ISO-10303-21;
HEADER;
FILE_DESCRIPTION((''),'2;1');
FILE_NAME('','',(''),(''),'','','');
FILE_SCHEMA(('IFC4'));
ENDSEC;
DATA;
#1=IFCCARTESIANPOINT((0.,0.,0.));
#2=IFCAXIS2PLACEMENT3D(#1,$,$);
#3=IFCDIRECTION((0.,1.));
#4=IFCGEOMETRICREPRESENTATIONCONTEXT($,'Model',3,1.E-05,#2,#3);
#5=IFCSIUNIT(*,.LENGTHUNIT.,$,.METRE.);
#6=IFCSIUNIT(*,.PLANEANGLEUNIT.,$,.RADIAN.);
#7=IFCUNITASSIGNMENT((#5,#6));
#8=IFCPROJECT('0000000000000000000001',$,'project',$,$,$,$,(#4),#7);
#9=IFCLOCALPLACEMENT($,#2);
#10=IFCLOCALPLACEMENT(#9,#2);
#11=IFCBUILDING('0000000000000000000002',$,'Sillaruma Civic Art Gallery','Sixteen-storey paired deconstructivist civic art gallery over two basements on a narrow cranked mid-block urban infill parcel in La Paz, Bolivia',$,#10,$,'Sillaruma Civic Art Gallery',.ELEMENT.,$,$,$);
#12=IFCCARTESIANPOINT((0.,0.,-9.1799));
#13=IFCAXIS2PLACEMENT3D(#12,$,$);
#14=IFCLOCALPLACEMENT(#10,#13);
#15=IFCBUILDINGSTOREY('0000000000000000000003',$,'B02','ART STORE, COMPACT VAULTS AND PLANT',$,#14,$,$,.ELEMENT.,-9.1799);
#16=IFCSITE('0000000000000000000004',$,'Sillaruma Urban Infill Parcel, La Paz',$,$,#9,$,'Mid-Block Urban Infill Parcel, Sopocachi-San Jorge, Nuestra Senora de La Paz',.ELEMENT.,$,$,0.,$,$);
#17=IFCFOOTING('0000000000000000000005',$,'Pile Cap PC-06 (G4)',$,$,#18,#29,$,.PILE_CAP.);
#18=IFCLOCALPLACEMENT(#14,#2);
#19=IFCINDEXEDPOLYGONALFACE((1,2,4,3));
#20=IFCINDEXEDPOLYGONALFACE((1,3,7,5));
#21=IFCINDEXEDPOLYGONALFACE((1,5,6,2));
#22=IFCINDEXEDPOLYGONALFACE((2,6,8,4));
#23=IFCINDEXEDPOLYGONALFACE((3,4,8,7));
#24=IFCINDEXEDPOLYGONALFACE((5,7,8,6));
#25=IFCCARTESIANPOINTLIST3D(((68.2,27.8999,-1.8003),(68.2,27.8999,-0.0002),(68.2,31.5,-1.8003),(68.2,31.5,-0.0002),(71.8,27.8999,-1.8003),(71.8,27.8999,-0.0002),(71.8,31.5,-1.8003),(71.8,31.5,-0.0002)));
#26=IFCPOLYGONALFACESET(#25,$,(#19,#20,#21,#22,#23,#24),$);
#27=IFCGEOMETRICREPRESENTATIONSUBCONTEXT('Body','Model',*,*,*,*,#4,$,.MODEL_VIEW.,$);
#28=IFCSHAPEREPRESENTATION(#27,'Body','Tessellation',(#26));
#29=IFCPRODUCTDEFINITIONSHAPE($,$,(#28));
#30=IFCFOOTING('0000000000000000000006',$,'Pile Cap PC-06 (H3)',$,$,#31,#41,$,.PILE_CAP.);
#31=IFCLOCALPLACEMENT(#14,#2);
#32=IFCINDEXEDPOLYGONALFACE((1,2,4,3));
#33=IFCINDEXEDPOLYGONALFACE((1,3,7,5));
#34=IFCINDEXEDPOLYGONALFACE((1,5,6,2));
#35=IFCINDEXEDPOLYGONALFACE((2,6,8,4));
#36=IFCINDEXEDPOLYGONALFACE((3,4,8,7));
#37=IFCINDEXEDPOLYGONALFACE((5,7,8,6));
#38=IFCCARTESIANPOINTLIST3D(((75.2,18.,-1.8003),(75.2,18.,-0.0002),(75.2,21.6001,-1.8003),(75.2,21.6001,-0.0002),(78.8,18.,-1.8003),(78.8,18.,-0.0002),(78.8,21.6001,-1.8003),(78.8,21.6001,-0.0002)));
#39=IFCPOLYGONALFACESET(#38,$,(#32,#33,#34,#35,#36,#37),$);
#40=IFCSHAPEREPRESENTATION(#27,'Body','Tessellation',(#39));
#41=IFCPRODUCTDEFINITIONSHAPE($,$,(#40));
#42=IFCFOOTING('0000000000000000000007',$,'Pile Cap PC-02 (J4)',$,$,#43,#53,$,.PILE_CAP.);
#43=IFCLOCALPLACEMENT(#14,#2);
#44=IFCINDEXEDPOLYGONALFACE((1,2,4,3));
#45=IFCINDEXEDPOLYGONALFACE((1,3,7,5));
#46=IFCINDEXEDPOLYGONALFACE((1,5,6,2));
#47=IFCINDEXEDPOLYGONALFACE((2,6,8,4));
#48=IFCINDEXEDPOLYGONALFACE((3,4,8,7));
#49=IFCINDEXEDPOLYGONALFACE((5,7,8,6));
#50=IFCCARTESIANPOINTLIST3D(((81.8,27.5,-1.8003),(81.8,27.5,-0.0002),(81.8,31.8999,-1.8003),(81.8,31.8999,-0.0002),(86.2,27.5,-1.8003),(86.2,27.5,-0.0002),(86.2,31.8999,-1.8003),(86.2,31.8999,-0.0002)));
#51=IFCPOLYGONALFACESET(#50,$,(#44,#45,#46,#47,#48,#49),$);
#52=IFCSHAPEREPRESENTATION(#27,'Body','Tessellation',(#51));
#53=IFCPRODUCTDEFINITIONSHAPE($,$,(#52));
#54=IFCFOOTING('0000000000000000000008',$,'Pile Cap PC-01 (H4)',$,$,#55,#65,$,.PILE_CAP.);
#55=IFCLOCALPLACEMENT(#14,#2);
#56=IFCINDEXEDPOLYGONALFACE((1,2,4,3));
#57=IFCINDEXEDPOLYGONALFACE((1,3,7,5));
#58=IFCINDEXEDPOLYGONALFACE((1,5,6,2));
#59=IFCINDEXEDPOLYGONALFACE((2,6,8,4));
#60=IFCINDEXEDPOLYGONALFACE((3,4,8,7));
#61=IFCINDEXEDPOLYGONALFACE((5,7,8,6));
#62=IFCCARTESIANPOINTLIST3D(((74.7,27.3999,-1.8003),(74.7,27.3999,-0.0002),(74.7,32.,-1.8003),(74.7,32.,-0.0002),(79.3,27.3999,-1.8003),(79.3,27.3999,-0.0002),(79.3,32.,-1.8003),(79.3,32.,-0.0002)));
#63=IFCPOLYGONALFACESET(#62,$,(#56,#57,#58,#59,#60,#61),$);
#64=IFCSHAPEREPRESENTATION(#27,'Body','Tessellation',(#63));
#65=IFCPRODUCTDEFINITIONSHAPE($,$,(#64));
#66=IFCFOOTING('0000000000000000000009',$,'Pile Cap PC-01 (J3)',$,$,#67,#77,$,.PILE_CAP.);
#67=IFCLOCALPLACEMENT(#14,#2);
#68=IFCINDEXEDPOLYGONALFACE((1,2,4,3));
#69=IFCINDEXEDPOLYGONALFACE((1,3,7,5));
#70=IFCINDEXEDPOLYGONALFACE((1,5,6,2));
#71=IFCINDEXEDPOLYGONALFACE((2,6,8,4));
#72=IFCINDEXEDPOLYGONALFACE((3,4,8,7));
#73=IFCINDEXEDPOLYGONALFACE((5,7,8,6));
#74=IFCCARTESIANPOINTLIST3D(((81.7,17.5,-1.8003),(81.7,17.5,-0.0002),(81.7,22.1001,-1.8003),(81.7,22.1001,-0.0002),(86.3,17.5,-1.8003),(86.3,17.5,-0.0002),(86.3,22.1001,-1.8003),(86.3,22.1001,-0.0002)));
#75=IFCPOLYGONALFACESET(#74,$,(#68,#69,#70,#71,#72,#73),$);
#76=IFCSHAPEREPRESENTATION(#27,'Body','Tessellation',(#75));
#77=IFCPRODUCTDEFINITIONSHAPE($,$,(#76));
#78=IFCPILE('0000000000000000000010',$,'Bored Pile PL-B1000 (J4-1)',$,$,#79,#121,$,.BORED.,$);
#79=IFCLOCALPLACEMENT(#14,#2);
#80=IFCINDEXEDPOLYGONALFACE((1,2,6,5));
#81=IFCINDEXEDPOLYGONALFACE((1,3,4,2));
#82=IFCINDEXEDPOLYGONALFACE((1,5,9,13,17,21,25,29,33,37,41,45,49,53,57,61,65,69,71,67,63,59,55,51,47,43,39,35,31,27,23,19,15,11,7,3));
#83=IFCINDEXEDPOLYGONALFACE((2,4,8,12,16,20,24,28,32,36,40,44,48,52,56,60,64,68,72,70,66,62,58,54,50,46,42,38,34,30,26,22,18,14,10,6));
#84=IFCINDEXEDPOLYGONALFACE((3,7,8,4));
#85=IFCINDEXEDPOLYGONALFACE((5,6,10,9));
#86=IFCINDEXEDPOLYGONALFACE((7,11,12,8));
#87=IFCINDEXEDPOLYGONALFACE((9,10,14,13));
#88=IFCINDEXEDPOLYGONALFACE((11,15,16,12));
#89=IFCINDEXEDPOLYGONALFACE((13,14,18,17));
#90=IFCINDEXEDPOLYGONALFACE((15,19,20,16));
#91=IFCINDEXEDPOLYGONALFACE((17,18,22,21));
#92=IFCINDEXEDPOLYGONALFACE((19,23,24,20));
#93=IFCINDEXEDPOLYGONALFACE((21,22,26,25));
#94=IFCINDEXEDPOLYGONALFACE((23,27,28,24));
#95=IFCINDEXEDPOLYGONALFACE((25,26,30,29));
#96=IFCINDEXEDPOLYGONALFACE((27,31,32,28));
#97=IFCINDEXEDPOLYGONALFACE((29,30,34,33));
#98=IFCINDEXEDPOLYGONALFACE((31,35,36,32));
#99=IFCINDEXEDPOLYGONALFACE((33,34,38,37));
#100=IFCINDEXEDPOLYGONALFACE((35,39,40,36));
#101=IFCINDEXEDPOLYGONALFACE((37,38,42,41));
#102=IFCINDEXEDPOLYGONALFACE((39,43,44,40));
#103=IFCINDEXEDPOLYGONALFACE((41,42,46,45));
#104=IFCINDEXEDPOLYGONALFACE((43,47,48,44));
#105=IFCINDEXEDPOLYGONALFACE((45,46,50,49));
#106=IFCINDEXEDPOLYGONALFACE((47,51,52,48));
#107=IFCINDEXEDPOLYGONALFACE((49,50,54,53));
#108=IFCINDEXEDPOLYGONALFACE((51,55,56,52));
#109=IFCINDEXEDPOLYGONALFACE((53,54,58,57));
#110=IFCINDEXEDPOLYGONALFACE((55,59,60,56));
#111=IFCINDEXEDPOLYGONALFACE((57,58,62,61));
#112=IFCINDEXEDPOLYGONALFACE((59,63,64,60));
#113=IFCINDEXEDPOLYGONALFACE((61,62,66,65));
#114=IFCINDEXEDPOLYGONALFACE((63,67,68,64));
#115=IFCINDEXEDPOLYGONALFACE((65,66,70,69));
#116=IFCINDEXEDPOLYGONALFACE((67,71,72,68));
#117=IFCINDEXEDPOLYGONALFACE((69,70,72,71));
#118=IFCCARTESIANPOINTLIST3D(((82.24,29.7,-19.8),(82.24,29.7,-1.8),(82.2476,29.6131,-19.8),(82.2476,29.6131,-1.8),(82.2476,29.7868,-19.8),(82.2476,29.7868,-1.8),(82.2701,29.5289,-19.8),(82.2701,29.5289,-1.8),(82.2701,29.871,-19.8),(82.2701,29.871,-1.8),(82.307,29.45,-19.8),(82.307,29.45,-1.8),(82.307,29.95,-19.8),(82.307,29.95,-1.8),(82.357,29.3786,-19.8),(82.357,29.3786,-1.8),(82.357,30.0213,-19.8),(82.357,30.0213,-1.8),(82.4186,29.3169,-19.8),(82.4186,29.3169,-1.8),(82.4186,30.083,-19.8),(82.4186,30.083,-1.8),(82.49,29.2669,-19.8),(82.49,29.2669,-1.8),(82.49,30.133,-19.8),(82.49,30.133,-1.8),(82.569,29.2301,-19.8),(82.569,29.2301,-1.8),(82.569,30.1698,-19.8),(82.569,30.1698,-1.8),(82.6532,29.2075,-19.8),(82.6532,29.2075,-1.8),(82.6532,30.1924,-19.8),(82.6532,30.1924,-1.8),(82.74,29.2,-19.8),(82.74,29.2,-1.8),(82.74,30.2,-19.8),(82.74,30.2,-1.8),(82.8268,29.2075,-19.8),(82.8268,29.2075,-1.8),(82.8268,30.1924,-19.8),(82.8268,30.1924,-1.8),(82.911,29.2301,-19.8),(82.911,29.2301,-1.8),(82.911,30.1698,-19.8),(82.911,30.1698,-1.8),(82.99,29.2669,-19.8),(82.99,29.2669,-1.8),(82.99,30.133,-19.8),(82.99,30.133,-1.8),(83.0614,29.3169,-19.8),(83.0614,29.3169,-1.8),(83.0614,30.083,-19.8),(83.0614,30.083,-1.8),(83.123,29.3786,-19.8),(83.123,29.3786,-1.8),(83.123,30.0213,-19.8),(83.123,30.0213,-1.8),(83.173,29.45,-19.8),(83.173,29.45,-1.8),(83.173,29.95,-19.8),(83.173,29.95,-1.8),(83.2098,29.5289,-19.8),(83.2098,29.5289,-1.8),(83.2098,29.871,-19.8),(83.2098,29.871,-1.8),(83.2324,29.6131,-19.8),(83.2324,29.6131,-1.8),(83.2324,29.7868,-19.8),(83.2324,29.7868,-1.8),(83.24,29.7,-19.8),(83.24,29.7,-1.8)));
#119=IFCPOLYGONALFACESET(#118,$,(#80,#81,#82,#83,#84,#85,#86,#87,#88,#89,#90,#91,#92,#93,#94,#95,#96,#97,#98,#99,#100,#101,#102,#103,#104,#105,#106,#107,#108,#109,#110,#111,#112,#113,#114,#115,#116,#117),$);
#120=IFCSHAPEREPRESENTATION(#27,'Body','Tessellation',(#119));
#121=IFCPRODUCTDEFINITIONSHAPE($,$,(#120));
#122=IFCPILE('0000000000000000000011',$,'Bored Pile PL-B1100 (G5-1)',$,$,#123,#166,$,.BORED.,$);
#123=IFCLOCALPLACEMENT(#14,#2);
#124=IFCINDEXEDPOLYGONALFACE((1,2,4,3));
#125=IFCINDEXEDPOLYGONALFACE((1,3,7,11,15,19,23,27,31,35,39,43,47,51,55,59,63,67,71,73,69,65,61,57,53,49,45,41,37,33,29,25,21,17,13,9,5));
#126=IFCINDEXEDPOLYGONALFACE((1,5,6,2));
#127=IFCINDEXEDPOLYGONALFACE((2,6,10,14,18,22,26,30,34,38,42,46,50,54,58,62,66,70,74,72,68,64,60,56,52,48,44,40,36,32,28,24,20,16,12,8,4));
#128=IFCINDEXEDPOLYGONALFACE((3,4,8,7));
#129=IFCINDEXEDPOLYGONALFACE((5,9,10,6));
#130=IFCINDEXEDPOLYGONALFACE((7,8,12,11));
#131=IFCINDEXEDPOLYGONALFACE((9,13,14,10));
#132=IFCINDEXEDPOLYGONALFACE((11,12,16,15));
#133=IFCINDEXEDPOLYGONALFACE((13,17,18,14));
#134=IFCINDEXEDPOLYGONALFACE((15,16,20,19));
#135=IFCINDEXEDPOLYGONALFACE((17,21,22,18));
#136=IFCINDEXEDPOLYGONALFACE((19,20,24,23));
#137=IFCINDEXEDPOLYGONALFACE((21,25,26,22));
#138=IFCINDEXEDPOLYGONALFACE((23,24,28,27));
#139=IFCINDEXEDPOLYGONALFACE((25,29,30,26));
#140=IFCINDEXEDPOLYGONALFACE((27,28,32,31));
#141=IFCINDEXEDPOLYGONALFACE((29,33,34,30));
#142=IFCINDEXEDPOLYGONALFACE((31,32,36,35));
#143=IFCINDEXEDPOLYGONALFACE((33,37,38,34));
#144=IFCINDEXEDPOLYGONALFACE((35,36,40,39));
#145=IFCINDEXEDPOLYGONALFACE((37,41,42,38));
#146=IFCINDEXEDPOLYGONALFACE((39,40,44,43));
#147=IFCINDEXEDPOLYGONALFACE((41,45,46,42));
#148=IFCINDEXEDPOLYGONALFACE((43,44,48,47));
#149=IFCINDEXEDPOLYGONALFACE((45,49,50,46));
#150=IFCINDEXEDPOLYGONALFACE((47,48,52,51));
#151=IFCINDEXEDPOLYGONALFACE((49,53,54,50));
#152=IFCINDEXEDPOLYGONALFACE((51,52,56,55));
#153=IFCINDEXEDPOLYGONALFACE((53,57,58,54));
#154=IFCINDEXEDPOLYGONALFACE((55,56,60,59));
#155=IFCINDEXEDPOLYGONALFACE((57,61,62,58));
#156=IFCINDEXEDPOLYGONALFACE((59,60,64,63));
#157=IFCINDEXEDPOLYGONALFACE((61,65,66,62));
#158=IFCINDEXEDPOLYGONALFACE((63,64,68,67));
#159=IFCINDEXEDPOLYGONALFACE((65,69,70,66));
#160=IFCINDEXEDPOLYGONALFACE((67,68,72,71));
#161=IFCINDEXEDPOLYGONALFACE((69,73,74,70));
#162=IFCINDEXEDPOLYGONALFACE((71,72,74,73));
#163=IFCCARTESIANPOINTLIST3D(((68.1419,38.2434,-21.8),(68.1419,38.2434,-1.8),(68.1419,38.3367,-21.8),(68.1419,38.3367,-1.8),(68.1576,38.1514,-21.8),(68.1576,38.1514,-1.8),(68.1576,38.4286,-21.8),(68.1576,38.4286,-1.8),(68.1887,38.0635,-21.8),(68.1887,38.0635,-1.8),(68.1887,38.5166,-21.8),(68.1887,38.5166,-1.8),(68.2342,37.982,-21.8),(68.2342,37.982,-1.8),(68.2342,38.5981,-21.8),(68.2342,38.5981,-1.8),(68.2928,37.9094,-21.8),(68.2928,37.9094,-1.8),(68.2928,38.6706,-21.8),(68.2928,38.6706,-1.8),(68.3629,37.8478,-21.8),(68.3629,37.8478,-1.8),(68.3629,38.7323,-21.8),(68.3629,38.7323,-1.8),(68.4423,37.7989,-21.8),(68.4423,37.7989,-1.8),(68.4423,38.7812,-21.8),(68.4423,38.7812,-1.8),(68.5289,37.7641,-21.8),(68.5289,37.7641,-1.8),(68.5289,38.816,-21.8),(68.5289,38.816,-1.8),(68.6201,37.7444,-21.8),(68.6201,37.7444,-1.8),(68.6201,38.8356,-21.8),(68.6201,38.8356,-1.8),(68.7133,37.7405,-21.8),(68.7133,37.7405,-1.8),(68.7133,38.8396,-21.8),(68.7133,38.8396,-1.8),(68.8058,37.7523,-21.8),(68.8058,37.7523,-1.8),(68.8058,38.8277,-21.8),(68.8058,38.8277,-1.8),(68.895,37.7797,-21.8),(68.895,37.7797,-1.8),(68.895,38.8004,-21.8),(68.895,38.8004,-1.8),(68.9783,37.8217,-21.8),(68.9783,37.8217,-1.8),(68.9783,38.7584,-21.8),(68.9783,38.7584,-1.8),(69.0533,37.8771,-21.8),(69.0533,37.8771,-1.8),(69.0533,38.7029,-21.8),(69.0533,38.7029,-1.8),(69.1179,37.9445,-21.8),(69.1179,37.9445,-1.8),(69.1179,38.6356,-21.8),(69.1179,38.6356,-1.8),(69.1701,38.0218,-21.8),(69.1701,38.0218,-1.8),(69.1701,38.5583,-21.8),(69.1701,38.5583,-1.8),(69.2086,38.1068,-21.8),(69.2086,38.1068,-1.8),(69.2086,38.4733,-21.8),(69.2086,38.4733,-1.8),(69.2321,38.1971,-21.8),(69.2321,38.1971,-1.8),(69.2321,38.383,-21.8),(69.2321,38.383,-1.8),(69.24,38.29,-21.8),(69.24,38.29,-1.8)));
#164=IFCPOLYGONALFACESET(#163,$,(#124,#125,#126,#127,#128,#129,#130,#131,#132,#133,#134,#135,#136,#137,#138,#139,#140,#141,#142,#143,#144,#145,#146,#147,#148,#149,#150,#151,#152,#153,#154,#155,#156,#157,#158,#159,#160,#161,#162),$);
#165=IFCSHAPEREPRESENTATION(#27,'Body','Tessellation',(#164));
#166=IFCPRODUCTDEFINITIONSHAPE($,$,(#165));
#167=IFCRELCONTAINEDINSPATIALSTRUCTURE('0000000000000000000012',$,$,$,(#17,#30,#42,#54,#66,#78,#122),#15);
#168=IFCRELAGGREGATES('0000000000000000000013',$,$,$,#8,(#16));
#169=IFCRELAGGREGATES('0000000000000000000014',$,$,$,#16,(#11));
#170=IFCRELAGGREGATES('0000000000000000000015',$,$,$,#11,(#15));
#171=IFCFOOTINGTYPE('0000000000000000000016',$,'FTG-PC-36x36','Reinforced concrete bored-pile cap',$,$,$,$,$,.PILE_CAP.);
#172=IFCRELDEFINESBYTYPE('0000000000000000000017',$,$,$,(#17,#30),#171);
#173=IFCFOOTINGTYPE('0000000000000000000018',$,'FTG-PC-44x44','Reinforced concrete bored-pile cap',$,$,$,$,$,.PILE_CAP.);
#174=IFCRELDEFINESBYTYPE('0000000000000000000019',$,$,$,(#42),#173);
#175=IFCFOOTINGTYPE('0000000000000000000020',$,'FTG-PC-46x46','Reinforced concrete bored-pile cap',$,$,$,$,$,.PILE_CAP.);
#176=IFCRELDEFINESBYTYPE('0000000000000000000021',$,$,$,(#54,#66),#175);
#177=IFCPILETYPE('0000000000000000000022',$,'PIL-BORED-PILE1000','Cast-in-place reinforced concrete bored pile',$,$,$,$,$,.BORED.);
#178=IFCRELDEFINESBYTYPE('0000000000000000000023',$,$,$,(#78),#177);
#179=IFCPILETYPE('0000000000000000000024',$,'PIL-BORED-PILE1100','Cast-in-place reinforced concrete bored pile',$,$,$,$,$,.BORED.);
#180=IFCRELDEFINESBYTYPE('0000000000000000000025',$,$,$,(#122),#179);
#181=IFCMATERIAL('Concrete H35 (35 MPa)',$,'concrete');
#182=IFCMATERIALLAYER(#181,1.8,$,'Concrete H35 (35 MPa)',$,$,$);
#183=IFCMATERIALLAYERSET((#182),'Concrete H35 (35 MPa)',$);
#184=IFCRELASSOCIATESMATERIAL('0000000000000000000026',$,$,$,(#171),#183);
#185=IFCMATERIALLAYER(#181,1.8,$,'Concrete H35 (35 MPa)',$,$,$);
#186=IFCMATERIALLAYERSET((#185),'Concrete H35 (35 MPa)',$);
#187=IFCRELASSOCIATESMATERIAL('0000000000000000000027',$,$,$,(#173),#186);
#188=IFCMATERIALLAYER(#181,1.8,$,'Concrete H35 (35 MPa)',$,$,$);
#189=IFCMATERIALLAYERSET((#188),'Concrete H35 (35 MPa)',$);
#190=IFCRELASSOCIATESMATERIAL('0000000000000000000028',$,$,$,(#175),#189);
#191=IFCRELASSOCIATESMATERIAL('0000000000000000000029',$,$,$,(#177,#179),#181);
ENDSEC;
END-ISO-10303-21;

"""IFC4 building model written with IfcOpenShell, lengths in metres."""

from ifc_helpers import new_model, si_unit, direction, frame, origin, origin_2d, place, context, subcontext, project, spatial, rectangle, circle, extrude, material, layer, layer_set, material_profile, profile_set, type_object, element, save


model = new_model("IFC4")

# Units and contexts
model_context = context("Model", 3, precision=1e-05, world=origin(), true_north=direction((0.0, 1.0)))
body_context = subcontext(model_context, "Body", "Model", "MODEL_VIEW")
ifc_project = project(units=[si_unit("LENGTHUNIT", "METRE"), si_unit("PLANEANGLEUNIT", "RADIAN")], contexts=[model_context])

# Site, building, storey
site_placement = place(None, origin())
site = spatial("IfcSite", under=ifc_project, at=site_placement, Name="Sillaruma Urban Infill Parcel, La Paz", LongName="Mid-Block Urban Infill Parcel, Sopocachi-San Jorge, Nuestra Senora de La Paz", CompositionType="ELEMENT", RefElevation=0.0)
building_placement = place(site_placement, origin())
building = spatial("IfcBuilding", under=site, at=building_placement, Name="Sillaruma Civic Art Gallery", Description="Sixteen-storey paired deconstructivist civic art gallery over two basements on a narrow cranked mid-block urban infill parcel in La Paz, Bolivia", LongName="Sillaruma Civic Art Gallery", CompositionType="ELEMENT")
storey_placement = place(building_placement, frame((0.0, 0.0, -9.1799)))
storey = spatial("IfcBuildingStorey", under=building, at=storey_placement, Name="B02", Description="ART STORE, COMPACT VAULTS AND PLANT", CompositionType="ELEMENT", Elevation=-9.1799)

# Footings
ifc_material_1 = material(Name="Concrete H35 (35 MPa)", Category="concrete")
ifc_layer_1 = layer(ifc_material_1, 1.8, Name="Concrete H35 (35 MPa)")
ifc_layer_set_1 = layer_set([ifc_layer_1], Name="Concrete H35 (35 MPa)")
footing_type_1 = type_object("IfcFootingType", Name="FTG-PC-36x36", Description="Reinforced concrete bored-pile cap", PredefinedType="PILE_CAP", material=ifc_layer_set_1)
for number, where, z_axis, x_axis, name in (
    (1, (70.0, 29.7, -1.8003), (0.0, 0.0, 1.0), (1.0, 0.0, 0.0), "Pile Cap PC-06 (G4)"),
    (2, (77.0, 19.8, -1.8003), (0.0, 0.0, 1.0), (1.0, 0.0, 0.0), "Pile Cap PC-06 (H3)"),
):
    element("IfcFooting", number, at=place(storey_placement, frame(where, z_axis=z_axis, x_axis=x_axis)), inside=storey, type_object=footing_type_1, Name=name, PredefinedType="PILE_CAP", context=body_context, shape_type="SweptSolid", body=[
        extrude(rectangle(XDim=3.6001, YDim=3.6001, at=origin_2d()), origin(), (0.0, 0.0, 1.0), 1.8),
    ])
ifc_layer_2 = layer(ifc_material_1, 1.8, Name="Concrete H35 (35 MPa)")
ifc_layer_set_2 = layer_set([ifc_layer_2], Name="Concrete H35 (35 MPa)")
footing_type_2 = type_object("IfcFootingType", Name="FTG-PC-44x44", Description="Reinforced concrete bored-pile cap", PredefinedType="PILE_CAP", material=ifc_layer_set_2)
footing_placement = place(storey_placement, frame((84.0, 29.7, -1.8003), z_axis=(0.0, 0.0, 1.0), x_axis=(1.0, 0.0, 0.0)))
element("IfcFooting", 3, at=footing_placement, inside=storey, type_object=footing_type_2, Name="Pile Cap PC-02 (J4)", PredefinedType="PILE_CAP", context=body_context, shape_type="SweptSolid", body=[
    extrude(rectangle(XDim=4.3999, YDim=4.3999, at=origin_2d()), origin(), (0.0, 0.0, 1.0), 1.8),
])
ifc_layer_3 = layer(ifc_material_1, 1.8, Name="Concrete H35 (35 MPa)")
ifc_layer_set_3 = layer_set([ifc_layer_3], Name="Concrete H35 (35 MPa)")
footing_type_3 = type_object("IfcFootingType", Name="FTG-PC-46x46", Description="Reinforced concrete bored-pile cap", PredefinedType="PILE_CAP", material=ifc_layer_set_3)
for number, where, z_axis, x_axis, name in (
    (4, (77.0, 29.7, -1.8003), (0.0, 0.0, 1.0), (1.0, 0.0, 0.0), "Pile Cap PC-01 (H4)"),
    (5, (84.0, 19.8, -1.8003), (0.0, 0.0, 1.0), (1.0, 0.0, 0.0), "Pile Cap PC-01 (J3)"),
):
    element("IfcFooting", number, at=place(storey_placement, frame(where, z_axis=z_axis, x_axis=x_axis)), inside=storey, type_object=footing_type_3, Name=name, PredefinedType="PILE_CAP", context=body_context, shape_type="SweptSolid", body=[
        extrude(rectangle(XDim=4.6001, YDim=4.6001, at=origin_2d()), origin(), (0.0, 0.0, 1.0), 1.8),
    ])

# Piles
ifc_material_profile_1 = material_profile(ifc_material_1, circle(Radius=0.5, at=origin_2d()), Name="PILE1000")
ifc_profile_set_1 = profile_set([ifc_material_profile_1], Name="Concrete H35 (35 MPa)")
pile_type_1 = type_object("IfcPileType", Name="PIL-BORED-PILE1000", Description="Cast-in-place reinforced concrete bored pile", PredefinedType="BORED", material=ifc_profile_set_1)
pile_placement = place(storey_placement, frame((82.74, 29.7, -1.8), z_axis=(0.0, 0.0, -1.0), x_axis=(1.0, 0.0, 0.0)))
element("IfcPile", 6, at=pile_placement, inside=storey, type_object=pile_type_1, Name="Bored Pile PL-B1000 (J4-1)", PredefinedType="BORED", context=body_context, shape_type="SweptSolid", body=[
    extrude(circle(Radius=0.5, at=origin_2d()), origin(), (0.0, 0.0, 1.0), 18.0),
])
ifc_material_profile_2 = material_profile(ifc_material_1, circle(Radius=0.55, at=origin_2d()), Name="PILE1100")
ifc_profile_set_2 = profile_set([ifc_material_profile_2], Name="Concrete H35 (35 MPa)")
pile_type_2 = type_object("IfcPileType", Name="PIL-BORED-PILE1100", Description="Cast-in-place reinforced concrete bored pile", PredefinedType="BORED", material=ifc_profile_set_2)
for number, where, z_axis, x_axis, name in (
    (7, (68.6899, 38.29, -1.8), (0.0, 0.0, -1.0), (1.0, 0.0, 0.0), "Bored Pile PL-B1100 (G5-1)"),
):
    element("IfcPile", number, at=place(storey_placement, frame(where, z_axis=z_axis, x_axis=x_axis)), inside=storey, type_object=pile_type_2, Name=name, PredefinedType="BORED", context=body_context, shape_type="SweptSolid", body=[
        extrude(circle(Radius=0.55, at=origin_2d()), origin(), (0.0, 0.0, 1.0), 20.0),
    ])

save(model, "model.ifc")
